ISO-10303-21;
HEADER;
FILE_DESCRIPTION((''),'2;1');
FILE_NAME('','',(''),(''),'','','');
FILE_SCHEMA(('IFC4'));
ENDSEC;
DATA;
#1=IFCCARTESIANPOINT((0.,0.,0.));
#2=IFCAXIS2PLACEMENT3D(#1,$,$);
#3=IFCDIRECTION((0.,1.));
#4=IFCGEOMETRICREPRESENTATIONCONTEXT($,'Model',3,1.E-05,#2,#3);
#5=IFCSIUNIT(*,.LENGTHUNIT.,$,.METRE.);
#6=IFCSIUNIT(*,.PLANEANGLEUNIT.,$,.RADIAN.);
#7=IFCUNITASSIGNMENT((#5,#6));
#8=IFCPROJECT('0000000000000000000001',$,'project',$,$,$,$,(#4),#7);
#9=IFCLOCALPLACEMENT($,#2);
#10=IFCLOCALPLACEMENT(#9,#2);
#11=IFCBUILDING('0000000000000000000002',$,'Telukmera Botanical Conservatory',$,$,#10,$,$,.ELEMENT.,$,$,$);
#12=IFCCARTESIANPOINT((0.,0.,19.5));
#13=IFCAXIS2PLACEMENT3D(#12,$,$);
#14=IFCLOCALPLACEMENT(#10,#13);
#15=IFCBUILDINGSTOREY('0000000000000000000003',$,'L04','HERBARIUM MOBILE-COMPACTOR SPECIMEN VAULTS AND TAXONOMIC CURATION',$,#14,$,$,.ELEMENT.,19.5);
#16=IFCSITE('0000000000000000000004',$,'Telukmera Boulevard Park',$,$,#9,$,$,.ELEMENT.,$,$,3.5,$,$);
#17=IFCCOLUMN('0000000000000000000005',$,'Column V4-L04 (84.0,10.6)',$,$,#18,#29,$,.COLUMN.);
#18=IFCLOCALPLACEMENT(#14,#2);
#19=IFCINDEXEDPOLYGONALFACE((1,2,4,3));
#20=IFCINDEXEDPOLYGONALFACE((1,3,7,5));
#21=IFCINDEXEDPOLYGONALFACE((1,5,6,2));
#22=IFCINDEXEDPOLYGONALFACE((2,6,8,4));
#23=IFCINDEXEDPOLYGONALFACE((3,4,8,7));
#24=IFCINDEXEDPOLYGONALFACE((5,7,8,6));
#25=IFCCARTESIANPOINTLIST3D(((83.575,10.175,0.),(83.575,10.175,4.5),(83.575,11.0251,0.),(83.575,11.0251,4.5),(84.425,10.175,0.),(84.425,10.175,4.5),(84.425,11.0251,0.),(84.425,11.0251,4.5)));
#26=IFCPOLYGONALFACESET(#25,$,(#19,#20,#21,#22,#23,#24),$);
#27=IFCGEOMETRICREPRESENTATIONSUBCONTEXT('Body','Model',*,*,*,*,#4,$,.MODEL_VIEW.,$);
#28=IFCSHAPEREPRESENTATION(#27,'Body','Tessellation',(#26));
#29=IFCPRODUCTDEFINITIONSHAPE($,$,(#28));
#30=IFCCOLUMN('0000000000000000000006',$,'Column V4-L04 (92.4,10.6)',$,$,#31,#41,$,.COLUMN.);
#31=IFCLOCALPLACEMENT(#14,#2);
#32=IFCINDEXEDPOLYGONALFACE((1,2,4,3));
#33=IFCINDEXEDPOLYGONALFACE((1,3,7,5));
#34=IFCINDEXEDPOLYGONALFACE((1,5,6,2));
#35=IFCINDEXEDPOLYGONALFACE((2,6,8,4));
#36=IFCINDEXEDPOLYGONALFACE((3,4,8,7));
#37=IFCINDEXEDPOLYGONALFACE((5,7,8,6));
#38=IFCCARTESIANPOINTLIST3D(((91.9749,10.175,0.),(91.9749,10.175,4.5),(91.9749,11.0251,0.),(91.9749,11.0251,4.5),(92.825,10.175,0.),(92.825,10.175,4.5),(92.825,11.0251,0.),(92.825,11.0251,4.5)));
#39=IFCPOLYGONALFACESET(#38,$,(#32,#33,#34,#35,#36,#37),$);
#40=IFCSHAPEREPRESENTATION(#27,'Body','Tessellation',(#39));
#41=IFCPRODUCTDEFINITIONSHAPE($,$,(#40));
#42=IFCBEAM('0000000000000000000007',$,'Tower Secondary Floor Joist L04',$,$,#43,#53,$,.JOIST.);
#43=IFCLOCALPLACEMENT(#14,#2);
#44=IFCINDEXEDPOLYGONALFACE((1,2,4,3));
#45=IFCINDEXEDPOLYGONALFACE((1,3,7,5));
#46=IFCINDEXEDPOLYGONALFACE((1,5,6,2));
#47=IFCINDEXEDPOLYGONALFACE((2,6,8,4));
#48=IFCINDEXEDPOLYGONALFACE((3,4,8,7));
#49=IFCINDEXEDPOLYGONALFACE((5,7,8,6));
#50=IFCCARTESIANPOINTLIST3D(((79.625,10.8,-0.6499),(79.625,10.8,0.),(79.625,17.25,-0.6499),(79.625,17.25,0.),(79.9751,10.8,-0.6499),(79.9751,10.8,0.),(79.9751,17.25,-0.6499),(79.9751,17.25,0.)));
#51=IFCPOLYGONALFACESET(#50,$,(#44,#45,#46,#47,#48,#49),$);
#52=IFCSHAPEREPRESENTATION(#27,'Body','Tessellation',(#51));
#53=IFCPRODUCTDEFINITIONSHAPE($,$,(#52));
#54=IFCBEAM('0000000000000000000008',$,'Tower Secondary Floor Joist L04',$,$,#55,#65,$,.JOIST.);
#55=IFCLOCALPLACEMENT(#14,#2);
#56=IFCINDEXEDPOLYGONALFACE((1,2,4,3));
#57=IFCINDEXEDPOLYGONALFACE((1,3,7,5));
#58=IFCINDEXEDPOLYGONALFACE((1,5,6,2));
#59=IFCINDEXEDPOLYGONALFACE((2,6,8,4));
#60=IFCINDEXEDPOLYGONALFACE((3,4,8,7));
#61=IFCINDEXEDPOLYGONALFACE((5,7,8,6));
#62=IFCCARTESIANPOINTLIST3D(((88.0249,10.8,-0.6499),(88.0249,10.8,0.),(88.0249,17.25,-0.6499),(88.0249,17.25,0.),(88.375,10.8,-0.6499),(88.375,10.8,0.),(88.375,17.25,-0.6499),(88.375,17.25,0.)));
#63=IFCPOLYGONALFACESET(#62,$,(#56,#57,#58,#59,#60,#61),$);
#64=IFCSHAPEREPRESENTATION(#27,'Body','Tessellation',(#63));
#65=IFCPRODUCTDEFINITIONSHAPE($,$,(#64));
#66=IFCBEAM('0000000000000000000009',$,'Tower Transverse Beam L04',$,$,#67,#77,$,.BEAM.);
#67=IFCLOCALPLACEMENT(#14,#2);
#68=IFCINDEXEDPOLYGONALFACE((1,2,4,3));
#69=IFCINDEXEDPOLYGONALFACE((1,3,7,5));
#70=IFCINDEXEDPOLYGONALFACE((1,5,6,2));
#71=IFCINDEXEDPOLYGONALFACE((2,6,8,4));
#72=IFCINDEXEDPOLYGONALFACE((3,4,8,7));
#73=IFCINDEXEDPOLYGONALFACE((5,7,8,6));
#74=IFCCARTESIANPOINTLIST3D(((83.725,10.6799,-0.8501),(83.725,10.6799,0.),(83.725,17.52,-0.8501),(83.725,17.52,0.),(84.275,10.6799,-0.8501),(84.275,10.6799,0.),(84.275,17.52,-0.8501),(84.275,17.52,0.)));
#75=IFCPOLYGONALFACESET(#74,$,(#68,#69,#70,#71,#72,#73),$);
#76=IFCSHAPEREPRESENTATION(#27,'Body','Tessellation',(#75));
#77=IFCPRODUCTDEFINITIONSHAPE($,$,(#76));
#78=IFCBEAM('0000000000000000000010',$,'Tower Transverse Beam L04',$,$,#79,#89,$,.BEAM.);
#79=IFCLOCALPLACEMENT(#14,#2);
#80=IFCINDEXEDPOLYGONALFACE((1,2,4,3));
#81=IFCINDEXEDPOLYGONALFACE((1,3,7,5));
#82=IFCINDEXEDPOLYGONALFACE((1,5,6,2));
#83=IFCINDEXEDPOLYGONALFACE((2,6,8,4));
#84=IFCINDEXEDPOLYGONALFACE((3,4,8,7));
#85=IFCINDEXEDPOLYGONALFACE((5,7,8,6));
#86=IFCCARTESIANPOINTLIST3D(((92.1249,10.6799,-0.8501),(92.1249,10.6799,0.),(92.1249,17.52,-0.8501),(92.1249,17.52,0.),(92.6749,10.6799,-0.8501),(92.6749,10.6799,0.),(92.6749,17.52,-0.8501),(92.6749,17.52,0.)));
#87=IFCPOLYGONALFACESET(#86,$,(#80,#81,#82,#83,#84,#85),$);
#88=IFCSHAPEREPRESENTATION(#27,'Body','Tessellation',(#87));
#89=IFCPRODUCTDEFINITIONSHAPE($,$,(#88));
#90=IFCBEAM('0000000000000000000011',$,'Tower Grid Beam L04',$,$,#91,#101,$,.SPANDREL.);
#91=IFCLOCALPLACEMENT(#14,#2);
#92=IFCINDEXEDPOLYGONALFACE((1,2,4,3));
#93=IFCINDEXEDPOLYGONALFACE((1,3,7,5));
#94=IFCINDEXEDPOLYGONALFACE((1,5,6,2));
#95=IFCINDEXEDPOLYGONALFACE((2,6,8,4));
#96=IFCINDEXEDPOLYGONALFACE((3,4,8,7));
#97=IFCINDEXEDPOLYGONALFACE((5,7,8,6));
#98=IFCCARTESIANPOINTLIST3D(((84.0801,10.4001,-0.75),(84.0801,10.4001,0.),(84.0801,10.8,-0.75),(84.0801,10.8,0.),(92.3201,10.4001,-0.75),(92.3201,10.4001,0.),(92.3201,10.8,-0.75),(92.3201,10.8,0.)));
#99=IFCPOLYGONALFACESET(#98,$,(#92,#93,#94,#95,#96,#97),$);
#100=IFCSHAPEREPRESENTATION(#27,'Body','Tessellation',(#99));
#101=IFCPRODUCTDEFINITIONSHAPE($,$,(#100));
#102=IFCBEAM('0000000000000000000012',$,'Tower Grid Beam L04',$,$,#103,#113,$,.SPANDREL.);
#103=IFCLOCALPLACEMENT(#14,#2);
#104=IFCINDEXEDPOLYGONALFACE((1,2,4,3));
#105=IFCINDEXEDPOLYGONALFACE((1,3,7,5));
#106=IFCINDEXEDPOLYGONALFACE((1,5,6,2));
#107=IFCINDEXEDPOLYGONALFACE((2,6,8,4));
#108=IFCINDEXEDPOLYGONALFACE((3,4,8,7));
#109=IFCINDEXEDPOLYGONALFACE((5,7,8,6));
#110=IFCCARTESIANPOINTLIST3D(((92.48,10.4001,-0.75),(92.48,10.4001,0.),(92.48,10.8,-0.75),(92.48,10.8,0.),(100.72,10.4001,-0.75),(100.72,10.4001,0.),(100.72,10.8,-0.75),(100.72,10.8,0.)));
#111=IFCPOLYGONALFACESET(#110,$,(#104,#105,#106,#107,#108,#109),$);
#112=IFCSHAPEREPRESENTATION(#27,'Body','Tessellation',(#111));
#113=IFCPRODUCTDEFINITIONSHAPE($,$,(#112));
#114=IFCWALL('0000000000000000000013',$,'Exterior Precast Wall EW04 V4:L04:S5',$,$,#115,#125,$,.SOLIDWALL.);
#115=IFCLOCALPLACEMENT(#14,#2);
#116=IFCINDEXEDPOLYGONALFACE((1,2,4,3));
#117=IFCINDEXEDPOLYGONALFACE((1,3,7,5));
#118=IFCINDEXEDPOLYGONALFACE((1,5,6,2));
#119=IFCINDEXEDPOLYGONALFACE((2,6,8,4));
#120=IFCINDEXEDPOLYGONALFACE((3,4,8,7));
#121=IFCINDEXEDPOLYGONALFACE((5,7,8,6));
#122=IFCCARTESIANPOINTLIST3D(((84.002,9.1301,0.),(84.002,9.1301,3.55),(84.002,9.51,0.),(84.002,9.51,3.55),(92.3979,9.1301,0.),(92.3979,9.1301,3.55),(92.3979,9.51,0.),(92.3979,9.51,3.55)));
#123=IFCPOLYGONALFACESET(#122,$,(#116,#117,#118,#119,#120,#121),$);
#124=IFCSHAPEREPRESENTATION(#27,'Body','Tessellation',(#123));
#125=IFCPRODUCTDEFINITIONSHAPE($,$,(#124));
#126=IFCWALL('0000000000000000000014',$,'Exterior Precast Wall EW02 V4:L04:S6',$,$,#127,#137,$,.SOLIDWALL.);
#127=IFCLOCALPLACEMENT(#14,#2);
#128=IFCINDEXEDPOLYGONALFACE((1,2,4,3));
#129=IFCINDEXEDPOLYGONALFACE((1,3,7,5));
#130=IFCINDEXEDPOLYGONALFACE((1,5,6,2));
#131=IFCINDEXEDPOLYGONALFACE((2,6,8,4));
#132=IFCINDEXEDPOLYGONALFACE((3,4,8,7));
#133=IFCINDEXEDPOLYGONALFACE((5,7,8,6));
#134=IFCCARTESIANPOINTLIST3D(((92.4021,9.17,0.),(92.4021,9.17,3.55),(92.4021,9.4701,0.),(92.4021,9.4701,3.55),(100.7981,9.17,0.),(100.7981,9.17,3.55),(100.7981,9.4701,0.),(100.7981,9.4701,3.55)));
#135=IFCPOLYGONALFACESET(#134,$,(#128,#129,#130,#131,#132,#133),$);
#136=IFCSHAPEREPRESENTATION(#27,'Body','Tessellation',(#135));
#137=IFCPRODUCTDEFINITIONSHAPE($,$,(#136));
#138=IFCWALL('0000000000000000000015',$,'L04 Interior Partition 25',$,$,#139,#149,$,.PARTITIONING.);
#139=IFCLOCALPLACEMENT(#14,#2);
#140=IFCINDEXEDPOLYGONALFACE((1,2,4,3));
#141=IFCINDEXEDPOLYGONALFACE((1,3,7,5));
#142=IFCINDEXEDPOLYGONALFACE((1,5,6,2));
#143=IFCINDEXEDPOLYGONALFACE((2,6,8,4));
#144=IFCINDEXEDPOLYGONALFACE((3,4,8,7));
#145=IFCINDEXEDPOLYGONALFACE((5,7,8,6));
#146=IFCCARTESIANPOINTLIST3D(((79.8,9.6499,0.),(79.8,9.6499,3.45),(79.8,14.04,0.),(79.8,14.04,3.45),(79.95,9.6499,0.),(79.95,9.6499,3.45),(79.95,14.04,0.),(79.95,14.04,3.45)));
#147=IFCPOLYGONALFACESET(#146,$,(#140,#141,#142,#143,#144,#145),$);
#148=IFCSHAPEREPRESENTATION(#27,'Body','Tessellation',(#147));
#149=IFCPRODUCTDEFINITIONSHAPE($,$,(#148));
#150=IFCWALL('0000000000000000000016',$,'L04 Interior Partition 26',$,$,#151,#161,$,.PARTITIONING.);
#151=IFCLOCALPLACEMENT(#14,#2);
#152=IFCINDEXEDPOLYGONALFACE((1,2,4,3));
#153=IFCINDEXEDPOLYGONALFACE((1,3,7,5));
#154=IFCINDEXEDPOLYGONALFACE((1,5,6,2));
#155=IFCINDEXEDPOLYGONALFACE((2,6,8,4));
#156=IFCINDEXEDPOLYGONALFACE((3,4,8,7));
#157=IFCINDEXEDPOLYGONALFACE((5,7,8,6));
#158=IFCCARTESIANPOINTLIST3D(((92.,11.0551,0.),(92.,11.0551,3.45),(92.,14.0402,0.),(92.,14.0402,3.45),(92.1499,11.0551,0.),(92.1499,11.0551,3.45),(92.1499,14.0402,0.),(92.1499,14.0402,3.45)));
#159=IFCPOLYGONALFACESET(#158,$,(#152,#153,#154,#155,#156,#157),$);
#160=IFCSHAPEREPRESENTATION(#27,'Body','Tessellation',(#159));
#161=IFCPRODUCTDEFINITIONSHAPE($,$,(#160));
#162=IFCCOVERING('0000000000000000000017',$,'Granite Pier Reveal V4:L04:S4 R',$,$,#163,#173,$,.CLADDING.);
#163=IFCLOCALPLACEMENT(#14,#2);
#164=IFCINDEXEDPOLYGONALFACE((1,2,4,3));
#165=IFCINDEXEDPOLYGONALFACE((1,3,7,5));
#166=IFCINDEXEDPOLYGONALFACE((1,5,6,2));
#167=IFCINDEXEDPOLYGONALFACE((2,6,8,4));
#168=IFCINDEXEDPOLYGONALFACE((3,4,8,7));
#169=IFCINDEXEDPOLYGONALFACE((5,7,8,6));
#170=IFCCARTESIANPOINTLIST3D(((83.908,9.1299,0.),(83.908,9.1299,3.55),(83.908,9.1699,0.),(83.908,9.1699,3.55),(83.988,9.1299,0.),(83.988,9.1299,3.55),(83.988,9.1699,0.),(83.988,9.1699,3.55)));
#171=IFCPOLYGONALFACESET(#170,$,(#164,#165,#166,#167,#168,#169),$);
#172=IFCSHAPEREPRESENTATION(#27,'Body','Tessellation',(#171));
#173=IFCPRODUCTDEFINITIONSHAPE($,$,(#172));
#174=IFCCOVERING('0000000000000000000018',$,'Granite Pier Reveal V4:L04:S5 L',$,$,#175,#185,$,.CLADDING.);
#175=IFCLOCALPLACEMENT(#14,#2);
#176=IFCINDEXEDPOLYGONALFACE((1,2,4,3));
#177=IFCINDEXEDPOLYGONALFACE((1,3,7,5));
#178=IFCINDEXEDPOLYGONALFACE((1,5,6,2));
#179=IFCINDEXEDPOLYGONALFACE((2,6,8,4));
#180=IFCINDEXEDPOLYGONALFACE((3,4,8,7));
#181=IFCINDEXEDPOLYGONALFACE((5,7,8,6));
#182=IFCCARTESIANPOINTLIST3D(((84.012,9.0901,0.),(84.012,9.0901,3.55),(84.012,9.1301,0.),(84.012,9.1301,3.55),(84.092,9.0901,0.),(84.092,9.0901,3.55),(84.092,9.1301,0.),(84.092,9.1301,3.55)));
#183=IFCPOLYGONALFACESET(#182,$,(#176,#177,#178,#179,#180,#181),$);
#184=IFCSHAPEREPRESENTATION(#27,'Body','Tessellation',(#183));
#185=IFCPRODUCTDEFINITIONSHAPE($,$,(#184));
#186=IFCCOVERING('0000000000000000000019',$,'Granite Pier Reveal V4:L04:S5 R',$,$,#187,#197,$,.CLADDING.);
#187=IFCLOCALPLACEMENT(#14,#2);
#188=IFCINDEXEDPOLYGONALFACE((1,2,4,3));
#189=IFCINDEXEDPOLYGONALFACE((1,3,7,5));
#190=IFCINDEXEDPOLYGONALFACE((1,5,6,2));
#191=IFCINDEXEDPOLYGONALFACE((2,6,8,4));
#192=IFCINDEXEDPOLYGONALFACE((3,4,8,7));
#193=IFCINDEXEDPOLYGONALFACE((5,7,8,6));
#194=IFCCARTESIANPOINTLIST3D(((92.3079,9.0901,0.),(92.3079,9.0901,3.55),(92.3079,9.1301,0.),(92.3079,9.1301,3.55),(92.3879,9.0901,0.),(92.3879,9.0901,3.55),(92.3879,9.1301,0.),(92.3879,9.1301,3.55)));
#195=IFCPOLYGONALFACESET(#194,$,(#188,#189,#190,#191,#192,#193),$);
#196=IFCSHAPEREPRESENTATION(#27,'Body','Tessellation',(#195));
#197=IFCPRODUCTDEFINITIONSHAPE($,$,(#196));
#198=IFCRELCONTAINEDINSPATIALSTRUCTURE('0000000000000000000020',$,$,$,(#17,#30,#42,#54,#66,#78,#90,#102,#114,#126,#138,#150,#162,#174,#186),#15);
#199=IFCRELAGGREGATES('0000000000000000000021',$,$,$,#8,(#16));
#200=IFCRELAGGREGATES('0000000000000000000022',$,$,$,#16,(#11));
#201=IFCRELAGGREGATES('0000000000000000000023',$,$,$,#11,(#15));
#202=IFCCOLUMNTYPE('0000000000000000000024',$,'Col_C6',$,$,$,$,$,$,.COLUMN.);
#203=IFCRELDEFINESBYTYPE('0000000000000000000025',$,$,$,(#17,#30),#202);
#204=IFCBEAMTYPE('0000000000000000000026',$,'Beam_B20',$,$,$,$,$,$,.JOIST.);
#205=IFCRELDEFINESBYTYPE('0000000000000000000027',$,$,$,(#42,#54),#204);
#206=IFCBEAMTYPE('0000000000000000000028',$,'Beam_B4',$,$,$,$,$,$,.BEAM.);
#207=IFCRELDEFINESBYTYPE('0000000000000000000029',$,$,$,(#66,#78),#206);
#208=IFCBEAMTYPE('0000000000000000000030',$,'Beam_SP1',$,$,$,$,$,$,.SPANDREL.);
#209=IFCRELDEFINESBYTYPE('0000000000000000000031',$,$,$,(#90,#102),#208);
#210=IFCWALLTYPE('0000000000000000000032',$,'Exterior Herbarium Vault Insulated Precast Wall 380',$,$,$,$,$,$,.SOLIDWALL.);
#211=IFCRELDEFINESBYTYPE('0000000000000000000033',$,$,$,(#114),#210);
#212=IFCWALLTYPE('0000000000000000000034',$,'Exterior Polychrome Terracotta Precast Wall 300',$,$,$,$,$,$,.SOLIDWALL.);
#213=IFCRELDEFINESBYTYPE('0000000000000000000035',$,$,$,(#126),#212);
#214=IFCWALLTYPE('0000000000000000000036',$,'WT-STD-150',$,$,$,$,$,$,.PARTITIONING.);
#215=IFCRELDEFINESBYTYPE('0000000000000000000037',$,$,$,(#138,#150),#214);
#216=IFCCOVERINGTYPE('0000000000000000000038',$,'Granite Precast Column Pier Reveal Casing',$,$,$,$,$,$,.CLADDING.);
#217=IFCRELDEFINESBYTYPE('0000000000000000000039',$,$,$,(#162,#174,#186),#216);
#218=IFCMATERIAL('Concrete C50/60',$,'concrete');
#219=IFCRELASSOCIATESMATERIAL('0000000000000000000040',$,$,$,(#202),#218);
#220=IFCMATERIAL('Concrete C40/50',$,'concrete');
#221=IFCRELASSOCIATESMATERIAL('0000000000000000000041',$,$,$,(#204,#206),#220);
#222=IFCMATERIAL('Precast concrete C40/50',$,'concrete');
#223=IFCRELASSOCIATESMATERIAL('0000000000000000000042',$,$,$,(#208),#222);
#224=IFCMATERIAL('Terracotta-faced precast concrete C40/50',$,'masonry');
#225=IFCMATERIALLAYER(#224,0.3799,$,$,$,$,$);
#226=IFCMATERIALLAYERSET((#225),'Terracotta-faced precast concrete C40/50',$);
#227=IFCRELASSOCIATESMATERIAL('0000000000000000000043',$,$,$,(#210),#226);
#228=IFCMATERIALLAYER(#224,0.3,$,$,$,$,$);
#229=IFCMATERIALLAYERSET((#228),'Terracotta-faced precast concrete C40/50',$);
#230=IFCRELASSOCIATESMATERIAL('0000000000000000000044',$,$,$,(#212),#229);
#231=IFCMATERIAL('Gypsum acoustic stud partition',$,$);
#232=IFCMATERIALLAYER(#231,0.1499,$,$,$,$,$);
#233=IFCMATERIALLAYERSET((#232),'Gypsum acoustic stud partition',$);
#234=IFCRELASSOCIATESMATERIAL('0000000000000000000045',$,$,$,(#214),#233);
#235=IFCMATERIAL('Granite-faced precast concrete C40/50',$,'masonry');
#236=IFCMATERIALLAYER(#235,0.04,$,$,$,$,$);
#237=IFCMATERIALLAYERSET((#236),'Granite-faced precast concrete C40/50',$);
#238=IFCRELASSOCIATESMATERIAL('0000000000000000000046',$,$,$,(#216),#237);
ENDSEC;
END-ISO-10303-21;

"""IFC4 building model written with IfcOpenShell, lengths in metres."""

from ifc_helpers import new_model, si_unit, direction, frame, frame_2d, origin, origin_2d, place, context, subcontext, project, spatial, rectangle, extrude, material, layer, layer_set, material_profile, profile_set, type_object, element, save


model = new_model("IFC4")

# Units and contexts
model_context = context("Model", 3, precision=1e-05, world=origin(), true_north=direction((0.0, 1.0)))
body_context = subcontext(model_context, "Body", "Model", "MODEL_VIEW")
ifc_project = project(units=[si_unit("LENGTHUNIT", "METRE"), si_unit("PLANEANGLEUNIT", "RADIAN")], contexts=[model_context])

# Site, building, storey
site_placement = place(None, origin())
site = spatial("IfcSite", under=ifc_project, at=site_placement, Name="Telukmera Boulevard Park", CompositionType="ELEMENT", RefElevation=3.5)
building_placement = place(site_placement, origin())
building = spatial("IfcBuilding", under=site, at=building_placement, Name="Telukmera Botanical Conservatory", CompositionType="ELEMENT")
storey_placement = place(building_placement, frame((0.0, 0.0, 19.5)))
storey = spatial("IfcBuildingStorey", under=building, at=storey_placement, Name="L04", Description="HERBARIUM MOBILE-COMPACTOR SPECIMEN VAULTS AND TAXONOMIC CURATION", CompositionType="ELEMENT", Elevation=19.5)

# Columns
ifc_material_1 = material(Name="Concrete C50/60", Category="concrete")
ifc_material_profile_1 = material_profile(ifc_material_1, rectangle(XDim=0.8501, YDim=0.8501, at=origin_2d()), Name="RC 850x850")
ifc_profile_set_1 = profile_set([ifc_material_profile_1], Name="Concrete C50/60")
column_type = type_object("IfcColumnType", Name="Col_C6", PredefinedType="COLUMN", material=ifc_profile_set_1)
for number, where, z_axis, x_axis, name in (
    (1, (84.0, 10.6001, 0.0), (0.0, 0.0, 1.0), (1.0, 0.0, 0.0), "Column V4-L04 (84.0,10.6)"),
    (2, (92.3999, 10.6001, 0.0), (0.0, 0.0, 1.0), (1.0, 0.0, 0.0), "Column V4-L04 (92.4,10.6)"),
):
    element("IfcColumn", number, at=place(storey_placement, frame(where, z_axis=z_axis, x_axis=x_axis)), inside=storey, type_object=column_type, Name=name, PredefinedType="COLUMN", context=body_context, shape_type="SweptSolid", body=[
        extrude(rectangle(XDim=0.8501, YDim=0.8501, at=origin_2d()), origin(), (0.0, 0.0, 1.0), 4.5),
    ])

# Beams
ifc_material_2 = material(Name="Concrete C40/50", Category="concrete")
ifc_material_profile_2 = material_profile(ifc_material_2, rectangle(XDim=0.3501, YDim=0.6499, at=origin_2d()), Name="RC 350x650")
ifc_profile_set_2 = profile_set([ifc_material_profile_2], Name="Concrete C40/50")
beam_type_1 = type_object("IfcBeamType", Name="Beam_B20", PredefinedType="JOIST", material=ifc_profile_set_2)
for number, where, z_axis, x_axis, name in (
    (3, (79.8, 10.8, -0.325), (0.0, 1.0, 0.0), (-1.0, 0.0, 0.0), "Tower Secondary Floor Joist L04"),
    (4, (88.2, 10.8, -0.325), (0.0, 1.0, 0.0), (-1.0, 0.0, 0.0), "Tower Secondary Floor Joist L04"),
):
    element("IfcBeam", number, at=place(storey_placement, frame(where, z_axis=z_axis, x_axis=x_axis)), inside=storey, type_object=beam_type_1, Name=name, PredefinedType="JOIST", context=body_context, shape_type="SweptSolid", body=[
        extrude(rectangle(XDim=0.3501, YDim=0.6499, at=origin_2d()), origin(), (0.0, 0.0, 1.0), 6.45),
    ])
ifc_material_profile_3 = material_profile(ifc_material_2, rectangle(XDim=0.55, YDim=0.8501, at=origin_2d()), Name="RC 550x850")
ifc_profile_set_3 = profile_set([ifc_material_profile_3], Name="Concrete C40/50")
beam_type_2 = type_object("IfcBeamType", Name="Beam_B4", PredefinedType="BEAM", material=ifc_profile_set_3)
for number, where, z_axis, x_axis, name in (
    (5, (84.0, 10.6799, -0.425), (0.0, 1.0, 0.0), (-1.0, 0.0, 0.0), "Tower Transverse Beam L04"),
    (6, (92.3999, 10.6799, -0.425), (0.0, 1.0, 0.0), (-1.0, 0.0, 0.0), "Tower Transverse Beam L04"),
):
    element("IfcBeam", number, at=place(storey_placement, frame(where, z_axis=z_axis, x_axis=x_axis)), inside=storey, type_object=beam_type_2, Name=name, PredefinedType="BEAM", context=body_context, shape_type="SweptSolid", body=[
        extrude(rectangle(XDim=0.55, YDim=0.8501, at=origin_2d()), origin(), (0.0, 0.0, 1.0), 6.8401),
    ])
ifc_material_3 = material(Name="Precast concrete C40/50", Category="concrete")
ifc_material_profile_4 = material_profile(ifc_material_3, rectangle(XDim=0.3999, YDim=0.75, at=origin_2d()), Name="PC 400x750")
ifc_profile_set_4 = profile_set([ifc_material_profile_4], Name="Precast concrete C40/50")
beam_type_3 = type_object("IfcBeamType", Name="Beam_SP1", PredefinedType="SPANDREL", material=ifc_profile_set_4)
for number, where, z_axis, x_axis, name in (
    (7, (84.0801, 10.6001, -0.375), (1.0, 0.0, 0.0), (0.0, 1.0, 0.0), "Tower Grid Beam L04"),
    (8, (92.48, 10.6001, -0.375), (1.0, 0.0, 0.0), (0.0, 1.0, 0.0), "Tower Grid Beam L04"),
):
    element("IfcBeam", number, at=place(storey_placement, frame(where, z_axis=z_axis, x_axis=x_axis)), inside=storey, type_object=beam_type_3, Name=name, PredefinedType="SPANDREL", context=body_context, shape_type="SweptSolid", body=[
        extrude(rectangle(XDim=0.3999, YDim=0.75, at=origin_2d()), origin(), (0.0, 0.0, 1.0), 8.24),
    ])

# Walls
ifc_material_4 = material(Name="Terracotta-faced precast concrete C40/50", Category="masonry")
ifc_layer_1 = layer(ifc_material_4, 0.3799)
ifc_layer_set_1 = layer_set([ifc_layer_1], Name="Terracotta-faced precast concrete C40/50")
wall_type_1 = type_object("IfcWallType", Name="Exterior Herbarium Vault Insulated Precast Wall 380", PredefinedType="SOLIDWALL", material=ifc_layer_set_1)
wall_1_placement = place(storey_placement, frame((84.002, 9.3201, 0.0), z_axis=(0.0, 0.0, 1.0), x_axis=(1.0, 0.0, 0.0)))
element("IfcWall", 9, at=wall_1_placement, inside=storey, type_object=wall_type_1, Name="Exterior Precast Wall EW04 V4:L04:S5", PredefinedType="SOLIDWALL", context=body_context, shape_type="SweptSolid", body=[
    extrude(rectangle(XDim=8.396, YDim=0.3799, at=frame_2d((4.198, 0.0))), origin(), (0.0, 0.0, 1.0), 3.55),
])
ifc_layer_2 = layer(ifc_material_4, 0.3)
ifc_layer_set_2 = layer_set([ifc_layer_2], Name="Terracotta-faced precast concrete C40/50")
wall_type_2 = type_object("IfcWallType", Name="Exterior Polychrome Terracotta Precast Wall 300", PredefinedType="SOLIDWALL", material=ifc_layer_set_2)
wall_2_placement = place(storey_placement, frame((92.4021, 9.3201, 0.0), z_axis=(0.0, 0.0, 1.0), x_axis=(1.0, 0.0, 0.0)))
element("IfcWall", 10, at=wall_2_placement, inside=storey, type_object=wall_type_2, Name="Exterior Precast Wall EW02 V4:L04:S6", PredefinedType="SOLIDWALL", context=body_context, shape_type="SweptSolid", body=[
    extrude(rectangle(XDim=8.396, YDim=0.3, at=frame_2d((4.198, 0.0))), origin(), (0.0, 0.0, 1.0), 3.55),
])
ifc_material_5 = material(Name="Gypsum acoustic stud partition")
ifc_layer_3 = layer(ifc_material_5, 0.1499)
ifc_layer_set_3 = layer_set([ifc_layer_3], Name="Gypsum acoustic stud partition")
wall_type_3 = type_object("IfcWallType", Name="WT-STD-150", PredefinedType="PARTITIONING", material=ifc_layer_set_3)
wall_3_placement = place(storey_placement, frame((79.875, 9.6499, 0.0), z_axis=(0.0, 0.0, 1.0), x_axis=(0.0, 1.0, 0.0)))
element("IfcWall", 11, at=wall_3_placement, inside=storey, type_object=wall_type_3, Name="L04 Interior Partition 25", PredefinedType="PARTITIONING", context=body_context, shape_type="SweptSolid", body=[
    extrude(rectangle(XDim=4.3901, YDim=0.1499, at=frame_2d((2.1951, 0.0))), origin(), (0.0, 0.0, 1.0), 3.45),
])
wall_4_placement = place(storey_placement, frame((92.075, 11.0549, 0.0), z_axis=(0.0, 0.0, 1.0), x_axis=(0.0, 1.0, 0.0)))
element("IfcWall", 12, at=wall_4_placement, inside=storey, type_object=wall_type_3, Name="L04 Interior Partition 26", PredefinedType="PARTITIONING", context=body_context, shape_type="SweptSolid", body=[
    extrude(rectangle(XDim=2.9851, YDim=0.1499, at=frame_2d((1.4927, 0.0))), origin(), (0.0, 0.0, 1.0), 3.45),
])

# Coverings
ifc_material_6 = material(Name="Granite-faced precast concrete C40/50", Category="masonry")
ifc_layer_4 = layer(ifc_material_6, 0.04)
ifc_layer_set_4 = layer_set([ifc_layer_4], Name="Granite-faced precast concrete C40/50")
covering_type_1 = type_object("IfcCoveringType", Name="Granite Precast Column Pier Reveal Casing", PredefinedType="CLADDING", material=ifc_layer_set_4)
for number, where, z_axis, x_axis, name in (
    (13, (83.948, 9.1499, 0.0), (0.0, 0.0, 1.0), (1.0, 0.0, 0.0), "Granite Pier Reveal V4:L04:S4 R"),
    (14, (84.052, 9.1101, 0.0), (0.0, 0.0, 1.0), (1.0, 0.0, 0.0), "Granite Pier Reveal V4:L04:S5 L"),
    (15, (92.3479, 9.1101, 0.0), (0.0, 0.0, 1.0), (1.0, 0.0, 0.0), "Granite Pier Reveal V4:L04:S5 R"),
):
    element("IfcCovering", number, at=place(storey_placement, frame(where, z_axis=z_axis, x_axis=x_axis)), inside=storey, type_object=covering_type_1, Name=name, PredefinedType="CLADDING", context=body_context, shape_type="SweptSolid", body=[
        extrude(rectangle(XDim=0.0801, YDim=0.04, at=origin_2d()), origin(), (0.0, 0.0, 1.0), 3.55),
    ])

save(model, "model.ifc")
